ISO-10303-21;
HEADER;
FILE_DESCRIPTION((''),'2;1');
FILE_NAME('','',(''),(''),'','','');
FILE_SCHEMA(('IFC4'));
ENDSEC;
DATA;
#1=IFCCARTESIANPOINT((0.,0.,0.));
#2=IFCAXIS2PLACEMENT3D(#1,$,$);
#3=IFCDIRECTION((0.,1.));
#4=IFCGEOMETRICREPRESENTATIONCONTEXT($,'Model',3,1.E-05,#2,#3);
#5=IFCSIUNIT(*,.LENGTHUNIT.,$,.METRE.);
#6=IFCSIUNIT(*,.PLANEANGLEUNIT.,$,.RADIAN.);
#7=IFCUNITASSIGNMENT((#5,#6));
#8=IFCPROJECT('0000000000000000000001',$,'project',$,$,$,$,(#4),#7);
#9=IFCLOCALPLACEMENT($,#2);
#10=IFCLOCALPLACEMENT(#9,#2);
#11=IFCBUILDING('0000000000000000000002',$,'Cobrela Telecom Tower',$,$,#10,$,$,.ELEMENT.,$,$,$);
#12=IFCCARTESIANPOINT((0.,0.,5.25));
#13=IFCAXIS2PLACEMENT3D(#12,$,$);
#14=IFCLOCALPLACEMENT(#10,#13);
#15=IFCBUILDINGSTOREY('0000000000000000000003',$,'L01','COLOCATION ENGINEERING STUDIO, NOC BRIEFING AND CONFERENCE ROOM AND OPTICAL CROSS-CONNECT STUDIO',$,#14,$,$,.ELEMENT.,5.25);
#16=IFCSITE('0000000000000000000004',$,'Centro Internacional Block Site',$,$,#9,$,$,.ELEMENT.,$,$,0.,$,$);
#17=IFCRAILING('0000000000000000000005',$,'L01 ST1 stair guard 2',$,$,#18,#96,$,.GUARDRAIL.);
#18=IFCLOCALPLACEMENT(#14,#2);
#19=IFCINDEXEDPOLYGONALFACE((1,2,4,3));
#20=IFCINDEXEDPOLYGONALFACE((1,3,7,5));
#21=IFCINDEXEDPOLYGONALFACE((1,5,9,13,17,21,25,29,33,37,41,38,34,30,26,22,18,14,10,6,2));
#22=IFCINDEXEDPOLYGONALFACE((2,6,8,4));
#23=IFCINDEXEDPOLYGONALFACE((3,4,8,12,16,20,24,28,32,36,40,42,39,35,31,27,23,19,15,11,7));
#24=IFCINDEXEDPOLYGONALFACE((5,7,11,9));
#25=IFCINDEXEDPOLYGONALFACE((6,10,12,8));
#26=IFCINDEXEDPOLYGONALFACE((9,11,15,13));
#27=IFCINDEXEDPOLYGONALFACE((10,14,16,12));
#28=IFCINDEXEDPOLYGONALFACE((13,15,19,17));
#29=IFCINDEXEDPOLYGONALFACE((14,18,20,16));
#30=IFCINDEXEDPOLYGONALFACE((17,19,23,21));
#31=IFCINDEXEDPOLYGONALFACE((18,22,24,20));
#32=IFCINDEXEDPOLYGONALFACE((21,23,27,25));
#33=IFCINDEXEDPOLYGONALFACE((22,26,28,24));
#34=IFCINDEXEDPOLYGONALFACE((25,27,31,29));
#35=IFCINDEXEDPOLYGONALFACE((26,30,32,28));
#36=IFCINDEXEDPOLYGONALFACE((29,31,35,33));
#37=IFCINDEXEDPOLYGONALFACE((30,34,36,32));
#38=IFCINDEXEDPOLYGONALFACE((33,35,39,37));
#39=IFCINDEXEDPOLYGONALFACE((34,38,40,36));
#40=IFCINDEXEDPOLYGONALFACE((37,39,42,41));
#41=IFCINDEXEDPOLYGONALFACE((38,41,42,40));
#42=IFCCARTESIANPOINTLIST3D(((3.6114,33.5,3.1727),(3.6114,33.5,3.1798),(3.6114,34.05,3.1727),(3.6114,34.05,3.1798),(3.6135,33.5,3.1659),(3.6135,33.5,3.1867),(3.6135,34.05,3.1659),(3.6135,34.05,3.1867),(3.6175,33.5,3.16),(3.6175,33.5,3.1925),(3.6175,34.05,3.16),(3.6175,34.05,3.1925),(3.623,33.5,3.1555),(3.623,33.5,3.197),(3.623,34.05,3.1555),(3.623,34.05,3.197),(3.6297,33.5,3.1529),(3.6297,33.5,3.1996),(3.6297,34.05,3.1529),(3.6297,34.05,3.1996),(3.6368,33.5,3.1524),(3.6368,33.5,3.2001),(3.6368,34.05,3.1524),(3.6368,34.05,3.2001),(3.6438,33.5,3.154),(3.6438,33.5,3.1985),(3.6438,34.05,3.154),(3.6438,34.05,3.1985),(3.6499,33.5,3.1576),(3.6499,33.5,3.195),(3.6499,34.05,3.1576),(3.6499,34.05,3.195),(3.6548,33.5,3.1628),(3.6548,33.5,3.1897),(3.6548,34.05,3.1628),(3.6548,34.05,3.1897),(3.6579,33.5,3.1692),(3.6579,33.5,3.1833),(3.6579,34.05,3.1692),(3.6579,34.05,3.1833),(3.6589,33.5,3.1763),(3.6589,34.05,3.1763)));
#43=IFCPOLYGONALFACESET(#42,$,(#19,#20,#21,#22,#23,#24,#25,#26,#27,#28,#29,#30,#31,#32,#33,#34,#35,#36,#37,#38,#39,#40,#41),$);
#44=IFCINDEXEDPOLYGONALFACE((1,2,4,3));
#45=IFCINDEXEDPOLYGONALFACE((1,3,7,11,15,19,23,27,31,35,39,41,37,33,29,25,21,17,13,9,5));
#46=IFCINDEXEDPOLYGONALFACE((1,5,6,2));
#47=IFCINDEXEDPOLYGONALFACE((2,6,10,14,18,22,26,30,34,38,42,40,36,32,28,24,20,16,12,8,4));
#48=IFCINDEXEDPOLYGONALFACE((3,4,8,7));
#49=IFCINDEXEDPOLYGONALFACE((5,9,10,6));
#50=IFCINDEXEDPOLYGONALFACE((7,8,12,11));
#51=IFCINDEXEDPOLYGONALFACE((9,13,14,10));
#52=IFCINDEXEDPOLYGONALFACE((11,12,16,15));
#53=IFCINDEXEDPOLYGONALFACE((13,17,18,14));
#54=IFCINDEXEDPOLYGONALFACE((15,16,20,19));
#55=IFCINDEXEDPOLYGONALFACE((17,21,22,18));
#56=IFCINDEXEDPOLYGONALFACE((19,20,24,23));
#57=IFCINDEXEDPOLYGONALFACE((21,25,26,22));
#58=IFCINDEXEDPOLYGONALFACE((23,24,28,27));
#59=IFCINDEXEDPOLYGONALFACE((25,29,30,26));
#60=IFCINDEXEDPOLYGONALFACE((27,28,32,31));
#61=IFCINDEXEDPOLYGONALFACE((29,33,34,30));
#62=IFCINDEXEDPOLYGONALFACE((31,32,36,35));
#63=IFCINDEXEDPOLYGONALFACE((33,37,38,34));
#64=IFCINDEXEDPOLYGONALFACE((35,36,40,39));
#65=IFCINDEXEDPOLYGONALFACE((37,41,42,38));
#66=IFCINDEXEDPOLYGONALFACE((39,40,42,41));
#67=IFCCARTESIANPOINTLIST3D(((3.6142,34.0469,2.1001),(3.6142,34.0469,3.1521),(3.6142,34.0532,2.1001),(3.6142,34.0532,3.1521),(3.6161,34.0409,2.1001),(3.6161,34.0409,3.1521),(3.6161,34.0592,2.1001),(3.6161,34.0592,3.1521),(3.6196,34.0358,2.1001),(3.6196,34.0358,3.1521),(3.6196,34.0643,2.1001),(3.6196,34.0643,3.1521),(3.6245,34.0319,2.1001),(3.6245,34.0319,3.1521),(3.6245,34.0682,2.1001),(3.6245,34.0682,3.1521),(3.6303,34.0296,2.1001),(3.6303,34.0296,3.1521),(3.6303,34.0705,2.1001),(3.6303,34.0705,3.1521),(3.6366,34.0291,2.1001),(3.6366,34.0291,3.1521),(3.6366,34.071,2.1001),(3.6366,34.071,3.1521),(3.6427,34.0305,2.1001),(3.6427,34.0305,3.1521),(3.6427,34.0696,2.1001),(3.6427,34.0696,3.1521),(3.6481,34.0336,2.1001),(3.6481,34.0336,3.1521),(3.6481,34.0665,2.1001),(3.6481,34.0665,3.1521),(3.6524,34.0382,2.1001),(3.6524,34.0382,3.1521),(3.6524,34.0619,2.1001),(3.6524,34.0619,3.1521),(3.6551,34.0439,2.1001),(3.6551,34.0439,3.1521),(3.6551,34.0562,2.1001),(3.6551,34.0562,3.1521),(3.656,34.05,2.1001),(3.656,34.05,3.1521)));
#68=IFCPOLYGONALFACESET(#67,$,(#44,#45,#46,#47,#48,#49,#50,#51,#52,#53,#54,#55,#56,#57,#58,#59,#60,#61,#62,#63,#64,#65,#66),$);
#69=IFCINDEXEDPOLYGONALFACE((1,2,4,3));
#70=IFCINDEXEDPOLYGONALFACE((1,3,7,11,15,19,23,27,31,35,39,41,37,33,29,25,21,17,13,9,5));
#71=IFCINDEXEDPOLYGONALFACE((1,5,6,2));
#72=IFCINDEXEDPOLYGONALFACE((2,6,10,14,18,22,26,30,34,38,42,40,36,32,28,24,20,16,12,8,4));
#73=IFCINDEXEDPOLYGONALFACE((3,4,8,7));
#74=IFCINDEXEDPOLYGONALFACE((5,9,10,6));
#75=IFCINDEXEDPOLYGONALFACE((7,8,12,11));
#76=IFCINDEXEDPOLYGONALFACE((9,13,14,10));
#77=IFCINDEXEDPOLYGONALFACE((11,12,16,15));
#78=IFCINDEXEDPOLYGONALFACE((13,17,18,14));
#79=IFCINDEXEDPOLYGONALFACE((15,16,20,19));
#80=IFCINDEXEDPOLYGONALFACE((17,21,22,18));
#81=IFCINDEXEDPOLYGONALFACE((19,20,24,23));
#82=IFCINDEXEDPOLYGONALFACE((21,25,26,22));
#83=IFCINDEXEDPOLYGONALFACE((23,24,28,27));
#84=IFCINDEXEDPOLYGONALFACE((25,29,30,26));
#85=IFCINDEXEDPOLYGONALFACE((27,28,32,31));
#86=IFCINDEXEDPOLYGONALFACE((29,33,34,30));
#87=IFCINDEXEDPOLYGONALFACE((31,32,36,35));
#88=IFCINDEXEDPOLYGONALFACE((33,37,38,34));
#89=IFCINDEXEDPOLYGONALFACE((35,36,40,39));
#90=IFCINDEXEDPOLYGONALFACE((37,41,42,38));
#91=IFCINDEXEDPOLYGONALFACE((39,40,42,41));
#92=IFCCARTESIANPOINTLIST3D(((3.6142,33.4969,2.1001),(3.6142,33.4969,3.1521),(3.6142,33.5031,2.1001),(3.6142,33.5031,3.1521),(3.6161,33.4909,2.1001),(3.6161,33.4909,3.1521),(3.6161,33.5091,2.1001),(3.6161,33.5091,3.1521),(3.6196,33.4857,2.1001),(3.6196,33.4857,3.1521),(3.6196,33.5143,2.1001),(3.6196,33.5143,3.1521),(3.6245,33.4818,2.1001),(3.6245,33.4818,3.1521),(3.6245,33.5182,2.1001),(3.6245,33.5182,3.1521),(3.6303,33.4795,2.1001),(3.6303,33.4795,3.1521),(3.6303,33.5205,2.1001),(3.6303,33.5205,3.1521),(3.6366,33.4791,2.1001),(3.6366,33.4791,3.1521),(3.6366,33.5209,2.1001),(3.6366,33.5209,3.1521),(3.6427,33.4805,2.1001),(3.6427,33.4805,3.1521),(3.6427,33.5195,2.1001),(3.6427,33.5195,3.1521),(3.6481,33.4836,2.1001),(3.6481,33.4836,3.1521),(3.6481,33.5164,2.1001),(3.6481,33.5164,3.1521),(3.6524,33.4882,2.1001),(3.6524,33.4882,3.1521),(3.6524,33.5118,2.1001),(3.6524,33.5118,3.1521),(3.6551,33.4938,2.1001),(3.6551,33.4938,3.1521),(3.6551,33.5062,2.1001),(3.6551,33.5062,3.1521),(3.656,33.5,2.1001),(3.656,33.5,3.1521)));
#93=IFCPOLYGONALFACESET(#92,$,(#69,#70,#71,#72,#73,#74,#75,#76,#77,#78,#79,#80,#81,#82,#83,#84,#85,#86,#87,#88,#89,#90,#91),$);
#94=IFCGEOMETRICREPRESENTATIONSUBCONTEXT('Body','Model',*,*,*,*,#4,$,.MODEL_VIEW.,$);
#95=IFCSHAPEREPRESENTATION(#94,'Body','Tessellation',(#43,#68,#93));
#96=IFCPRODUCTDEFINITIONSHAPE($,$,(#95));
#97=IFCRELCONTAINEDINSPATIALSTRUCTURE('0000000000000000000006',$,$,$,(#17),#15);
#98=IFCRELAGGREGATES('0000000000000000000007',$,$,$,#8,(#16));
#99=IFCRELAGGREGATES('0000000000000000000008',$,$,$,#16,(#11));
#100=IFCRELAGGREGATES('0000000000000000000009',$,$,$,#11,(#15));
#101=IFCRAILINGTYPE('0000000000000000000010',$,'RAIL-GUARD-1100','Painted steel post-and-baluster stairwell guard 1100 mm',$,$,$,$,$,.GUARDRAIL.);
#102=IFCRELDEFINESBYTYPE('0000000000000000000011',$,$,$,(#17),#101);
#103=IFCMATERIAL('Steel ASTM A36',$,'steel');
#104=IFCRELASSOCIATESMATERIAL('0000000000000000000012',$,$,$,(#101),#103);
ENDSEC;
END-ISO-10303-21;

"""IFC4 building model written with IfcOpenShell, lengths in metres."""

from ifc_helpers import new_model, si_unit, direction, frame, origin, origin_2d, place, context, subcontext, project, spatial, circle, extrude, material, type_object, element, save


model = new_model("IFC4")

# Units and contexts
model_context = context("Model", 3, precision=1e-05, world=origin(), true_north=direction((0.0, 1.0)))
body_context = subcontext(model_context, "Body", "Model", "MODEL_VIEW")
ifc_project = project(units=[si_unit("LENGTHUNIT", "METRE"), si_unit("PLANEANGLEUNIT", "RADIAN")], contexts=[model_context])

# Site, building, storey
site_placement = place(None, origin())
site = spatial("IfcSite", under=ifc_project, at=site_placement, Name="Centro Internacional Block Site", CompositionType="ELEMENT", RefElevation=0.0)
building_placement = place(site_placement, origin())
building = spatial("IfcBuilding", under=site, at=building_placement, Name="Cobrela Telecom Tower", CompositionType="ELEMENT")
storey_placement = place(building_placement, frame((0.0, 0.0, 5.25)))
storey = spatial("IfcBuildingStorey", under=building, at=storey_placement, Name="L01", Description="COLOCATION ENGINEERING STUDIO, NOC BRIEFING AND CONFERENCE ROOM AND OPTICAL CROSS-CONNECT STUDIO", CompositionType="ELEMENT", Elevation=5.25)

# Shared definitions
ifc_material_1 = material(Name="Steel ASTM A36", Category="steel")

# Railing
railing_type_1 = type_object("IfcRailingType", Name="RAIL-GUARD-1100", Description="Painted steel post-and-baluster stairwell guard 1100 mm", PredefinedType="GUARDRAIL", material=ifc_material_1)
railing_1_placement = place(storey_placement, frame((3.635, 34.05, 2.1001)))
element("IfcRailing", 1, at=railing_1_placement, inside=storey, type_object=railing_type_1, Name="L01 ST1 stair guard 2", PredefinedType="GUARDRAIL", context=body_context, shape_type="SweptSolid", body=[
    extrude(circle(Radius=0.0239, at=origin_2d()), frame((0.0, 0.0, 1.0762), z_axis=(0.0, -1.0, 0.0), x_axis=(1.0, 0.0, 0.0)), (0.0, 0.0, 1.0), 0.55),
    extrude(circle(Radius=0.021, at=origin_2d()), origin(), (0.0, 0.0, 1.0), 1.052),
    extrude(circle(Radius=0.021, at=origin_2d()), frame((0.0, -0.55, 0.0)), (0.0, 0.0, 1.0), 1.052),
])

save(model, "model.ifc")
